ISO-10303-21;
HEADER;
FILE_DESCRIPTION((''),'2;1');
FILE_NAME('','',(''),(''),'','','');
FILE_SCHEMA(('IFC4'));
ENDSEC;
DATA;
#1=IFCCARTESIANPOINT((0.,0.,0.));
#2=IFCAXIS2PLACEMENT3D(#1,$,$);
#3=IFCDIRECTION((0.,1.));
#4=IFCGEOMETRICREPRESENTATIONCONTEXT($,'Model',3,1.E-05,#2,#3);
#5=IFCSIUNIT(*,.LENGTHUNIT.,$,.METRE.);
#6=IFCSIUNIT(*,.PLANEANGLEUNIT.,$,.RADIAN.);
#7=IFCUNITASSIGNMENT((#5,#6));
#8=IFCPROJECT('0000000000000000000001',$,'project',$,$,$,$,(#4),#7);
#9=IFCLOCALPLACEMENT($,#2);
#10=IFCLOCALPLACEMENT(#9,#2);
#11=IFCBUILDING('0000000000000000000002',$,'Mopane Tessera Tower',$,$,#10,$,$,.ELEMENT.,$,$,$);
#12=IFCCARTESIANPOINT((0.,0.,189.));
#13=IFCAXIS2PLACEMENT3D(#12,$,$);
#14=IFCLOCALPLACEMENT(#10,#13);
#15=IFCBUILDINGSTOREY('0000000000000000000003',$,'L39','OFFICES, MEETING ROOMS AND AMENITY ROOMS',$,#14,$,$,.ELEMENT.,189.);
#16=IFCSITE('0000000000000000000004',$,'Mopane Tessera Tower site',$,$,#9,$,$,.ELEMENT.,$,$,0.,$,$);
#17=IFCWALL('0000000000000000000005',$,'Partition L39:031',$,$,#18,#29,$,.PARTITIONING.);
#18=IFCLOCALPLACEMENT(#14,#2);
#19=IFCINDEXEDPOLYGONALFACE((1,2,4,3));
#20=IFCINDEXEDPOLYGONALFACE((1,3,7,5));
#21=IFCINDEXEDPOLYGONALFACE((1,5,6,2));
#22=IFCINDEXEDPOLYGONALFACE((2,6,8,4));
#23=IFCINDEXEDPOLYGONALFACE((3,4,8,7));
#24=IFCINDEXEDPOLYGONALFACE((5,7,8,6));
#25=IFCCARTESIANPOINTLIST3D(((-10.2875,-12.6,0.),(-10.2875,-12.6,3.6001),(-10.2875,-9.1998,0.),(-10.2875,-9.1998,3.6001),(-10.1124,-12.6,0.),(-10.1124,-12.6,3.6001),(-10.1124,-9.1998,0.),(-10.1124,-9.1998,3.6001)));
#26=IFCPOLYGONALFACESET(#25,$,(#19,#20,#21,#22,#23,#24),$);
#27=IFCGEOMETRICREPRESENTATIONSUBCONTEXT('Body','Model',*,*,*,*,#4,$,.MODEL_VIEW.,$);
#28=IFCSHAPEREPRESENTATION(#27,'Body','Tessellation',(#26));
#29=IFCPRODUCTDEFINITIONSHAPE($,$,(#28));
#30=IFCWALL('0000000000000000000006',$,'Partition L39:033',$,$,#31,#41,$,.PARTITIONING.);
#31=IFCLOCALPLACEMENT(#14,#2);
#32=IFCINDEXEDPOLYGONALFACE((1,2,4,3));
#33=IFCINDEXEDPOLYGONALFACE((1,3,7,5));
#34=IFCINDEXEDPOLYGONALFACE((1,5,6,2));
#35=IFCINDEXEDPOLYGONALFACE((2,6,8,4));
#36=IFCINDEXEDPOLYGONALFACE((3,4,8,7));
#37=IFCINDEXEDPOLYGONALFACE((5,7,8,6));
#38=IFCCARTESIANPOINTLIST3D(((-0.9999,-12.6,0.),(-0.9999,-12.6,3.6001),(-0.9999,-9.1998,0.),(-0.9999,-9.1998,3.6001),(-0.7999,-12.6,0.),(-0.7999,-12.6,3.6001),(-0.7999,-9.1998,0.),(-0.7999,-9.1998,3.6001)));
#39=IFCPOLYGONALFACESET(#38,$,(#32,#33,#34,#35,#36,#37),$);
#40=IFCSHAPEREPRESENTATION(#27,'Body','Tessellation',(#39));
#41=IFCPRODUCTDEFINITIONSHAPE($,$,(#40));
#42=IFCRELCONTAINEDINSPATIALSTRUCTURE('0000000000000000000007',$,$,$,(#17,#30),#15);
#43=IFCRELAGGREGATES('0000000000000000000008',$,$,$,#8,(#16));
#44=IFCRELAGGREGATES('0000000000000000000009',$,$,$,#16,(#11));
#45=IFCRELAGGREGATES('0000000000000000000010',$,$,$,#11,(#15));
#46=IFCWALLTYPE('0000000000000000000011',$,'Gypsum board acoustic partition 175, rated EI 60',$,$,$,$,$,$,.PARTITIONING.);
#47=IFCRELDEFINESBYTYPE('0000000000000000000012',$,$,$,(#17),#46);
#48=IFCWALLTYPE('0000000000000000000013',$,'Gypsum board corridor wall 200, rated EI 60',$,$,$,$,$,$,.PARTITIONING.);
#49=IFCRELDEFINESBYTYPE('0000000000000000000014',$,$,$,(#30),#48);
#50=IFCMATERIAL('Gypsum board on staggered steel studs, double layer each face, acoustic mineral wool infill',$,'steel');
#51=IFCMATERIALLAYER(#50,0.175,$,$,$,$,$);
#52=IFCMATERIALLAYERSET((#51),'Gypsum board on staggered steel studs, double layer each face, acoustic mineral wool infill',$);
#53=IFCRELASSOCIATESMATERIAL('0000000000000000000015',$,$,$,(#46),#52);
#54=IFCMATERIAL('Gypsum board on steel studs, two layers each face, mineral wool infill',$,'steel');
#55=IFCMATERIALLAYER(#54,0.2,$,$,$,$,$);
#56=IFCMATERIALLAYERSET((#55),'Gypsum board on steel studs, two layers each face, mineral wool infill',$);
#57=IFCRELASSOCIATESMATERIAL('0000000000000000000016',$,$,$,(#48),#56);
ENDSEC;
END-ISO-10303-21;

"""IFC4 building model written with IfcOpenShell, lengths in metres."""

from ifc_helpers import new_model, si_unit, direction, frame, frame_2d, origin, place, context, subcontext, project, spatial, rectangle, extrude, material, layer, layer_set, type_object, element, save


model = new_model("IFC4")

# Units and contexts
model_context = context("Model", 3, precision=1e-05, world=origin(), true_north=direction((0.0, 1.0)))
body_context = subcontext(model_context, "Body", "Model", "MODEL_VIEW")
ifc_project = project(units=[si_unit("LENGTHUNIT", "METRE"), si_unit("PLANEANGLEUNIT", "RADIAN")], contexts=[model_context])

# Site, building, storey
site_placement = place(None, origin())
site = spatial("IfcSite", under=ifc_project, at=site_placement, Name="Mopane Tessera Tower site", CompositionType="ELEMENT", RefElevation=0.0)
building_placement = place(site_placement, origin())
building = spatial("IfcBuilding", under=site, at=building_placement, Name="Mopane Tessera Tower", CompositionType="ELEMENT")
storey_placement = place(building_placement, frame((0.0, 0.0, 189.0)))
storey = spatial("IfcBuildingStorey", under=building, at=storey_placement, Name="L39", Description="OFFICES, MEETING ROOMS AND AMENITY ROOMS", CompositionType="ELEMENT", Elevation=189.0)

# Walls
ifc_material_1 = material(Name="Gypsum board on staggered steel studs, double layer each face, acoustic mineral wool infill", Category="steel")
ifc_layer_1 = layer(ifc_material_1, 0.175)
ifc_layer_set_1 = layer_set([ifc_layer_1], Name="Gypsum board on staggered steel studs, double layer each face, acoustic mineral wool infill")
wall_type_1 = type_object("IfcWallType", Name="Gypsum board acoustic partition 175, rated EI 60", PredefinedType="PARTITIONING", material=ifc_layer_set_1)
wall_1_placement = place(storey_placement, frame((-10.2, -12.6001, 0.0), z_axis=(0.0, 0.0, 1.0), x_axis=(0.0, 1.0, 0.0)))
element("IfcWall", 1, at=wall_1_placement, inside=storey, type_object=wall_type_1, Name="Partition L39:031", PredefinedType="PARTITIONING", context=body_context, shape_type="SweptSolid", body=[
    extrude(rectangle(XDim=3.4001, YDim=0.175, at=frame_2d((1.7002, 0.0))), origin(), (0.0, 0.0, 1.0), 3.6001),
])
ifc_material_2 = material(Name="Gypsum board on steel studs, two layers each face, mineral wool infill", Category="steel")
ifc_layer_2 = layer(ifc_material_2, 0.2)
ifc_layer_set_2 = layer_set([ifc_layer_2], Name="Gypsum board on steel studs, two layers each face, mineral wool infill")
wall_type_2 = type_object("IfcWallType", Name="Gypsum board corridor wall 200, rated EI 60", PredefinedType="PARTITIONING", material=ifc_layer_set_2)
wall_2_placement = place(storey_placement, frame((-0.8999, -12.6001, 0.0), z_axis=(0.0, 0.0, 1.0), x_axis=(0.0, 1.0, 0.0)))
element("IfcWall", 2, at=wall_2_placement, inside=storey, type_object=wall_type_2, Name="Partition L39:033", PredefinedType="PARTITIONING", context=body_context, shape_type="SweptSolid", body=[
    extrude(rectangle(XDim=3.4001, YDim=0.2, at=frame_2d((1.7002, 0.0))), origin(), (0.0, 0.0, 1.0), 3.6001),
])

save(model, "model.ifc")
